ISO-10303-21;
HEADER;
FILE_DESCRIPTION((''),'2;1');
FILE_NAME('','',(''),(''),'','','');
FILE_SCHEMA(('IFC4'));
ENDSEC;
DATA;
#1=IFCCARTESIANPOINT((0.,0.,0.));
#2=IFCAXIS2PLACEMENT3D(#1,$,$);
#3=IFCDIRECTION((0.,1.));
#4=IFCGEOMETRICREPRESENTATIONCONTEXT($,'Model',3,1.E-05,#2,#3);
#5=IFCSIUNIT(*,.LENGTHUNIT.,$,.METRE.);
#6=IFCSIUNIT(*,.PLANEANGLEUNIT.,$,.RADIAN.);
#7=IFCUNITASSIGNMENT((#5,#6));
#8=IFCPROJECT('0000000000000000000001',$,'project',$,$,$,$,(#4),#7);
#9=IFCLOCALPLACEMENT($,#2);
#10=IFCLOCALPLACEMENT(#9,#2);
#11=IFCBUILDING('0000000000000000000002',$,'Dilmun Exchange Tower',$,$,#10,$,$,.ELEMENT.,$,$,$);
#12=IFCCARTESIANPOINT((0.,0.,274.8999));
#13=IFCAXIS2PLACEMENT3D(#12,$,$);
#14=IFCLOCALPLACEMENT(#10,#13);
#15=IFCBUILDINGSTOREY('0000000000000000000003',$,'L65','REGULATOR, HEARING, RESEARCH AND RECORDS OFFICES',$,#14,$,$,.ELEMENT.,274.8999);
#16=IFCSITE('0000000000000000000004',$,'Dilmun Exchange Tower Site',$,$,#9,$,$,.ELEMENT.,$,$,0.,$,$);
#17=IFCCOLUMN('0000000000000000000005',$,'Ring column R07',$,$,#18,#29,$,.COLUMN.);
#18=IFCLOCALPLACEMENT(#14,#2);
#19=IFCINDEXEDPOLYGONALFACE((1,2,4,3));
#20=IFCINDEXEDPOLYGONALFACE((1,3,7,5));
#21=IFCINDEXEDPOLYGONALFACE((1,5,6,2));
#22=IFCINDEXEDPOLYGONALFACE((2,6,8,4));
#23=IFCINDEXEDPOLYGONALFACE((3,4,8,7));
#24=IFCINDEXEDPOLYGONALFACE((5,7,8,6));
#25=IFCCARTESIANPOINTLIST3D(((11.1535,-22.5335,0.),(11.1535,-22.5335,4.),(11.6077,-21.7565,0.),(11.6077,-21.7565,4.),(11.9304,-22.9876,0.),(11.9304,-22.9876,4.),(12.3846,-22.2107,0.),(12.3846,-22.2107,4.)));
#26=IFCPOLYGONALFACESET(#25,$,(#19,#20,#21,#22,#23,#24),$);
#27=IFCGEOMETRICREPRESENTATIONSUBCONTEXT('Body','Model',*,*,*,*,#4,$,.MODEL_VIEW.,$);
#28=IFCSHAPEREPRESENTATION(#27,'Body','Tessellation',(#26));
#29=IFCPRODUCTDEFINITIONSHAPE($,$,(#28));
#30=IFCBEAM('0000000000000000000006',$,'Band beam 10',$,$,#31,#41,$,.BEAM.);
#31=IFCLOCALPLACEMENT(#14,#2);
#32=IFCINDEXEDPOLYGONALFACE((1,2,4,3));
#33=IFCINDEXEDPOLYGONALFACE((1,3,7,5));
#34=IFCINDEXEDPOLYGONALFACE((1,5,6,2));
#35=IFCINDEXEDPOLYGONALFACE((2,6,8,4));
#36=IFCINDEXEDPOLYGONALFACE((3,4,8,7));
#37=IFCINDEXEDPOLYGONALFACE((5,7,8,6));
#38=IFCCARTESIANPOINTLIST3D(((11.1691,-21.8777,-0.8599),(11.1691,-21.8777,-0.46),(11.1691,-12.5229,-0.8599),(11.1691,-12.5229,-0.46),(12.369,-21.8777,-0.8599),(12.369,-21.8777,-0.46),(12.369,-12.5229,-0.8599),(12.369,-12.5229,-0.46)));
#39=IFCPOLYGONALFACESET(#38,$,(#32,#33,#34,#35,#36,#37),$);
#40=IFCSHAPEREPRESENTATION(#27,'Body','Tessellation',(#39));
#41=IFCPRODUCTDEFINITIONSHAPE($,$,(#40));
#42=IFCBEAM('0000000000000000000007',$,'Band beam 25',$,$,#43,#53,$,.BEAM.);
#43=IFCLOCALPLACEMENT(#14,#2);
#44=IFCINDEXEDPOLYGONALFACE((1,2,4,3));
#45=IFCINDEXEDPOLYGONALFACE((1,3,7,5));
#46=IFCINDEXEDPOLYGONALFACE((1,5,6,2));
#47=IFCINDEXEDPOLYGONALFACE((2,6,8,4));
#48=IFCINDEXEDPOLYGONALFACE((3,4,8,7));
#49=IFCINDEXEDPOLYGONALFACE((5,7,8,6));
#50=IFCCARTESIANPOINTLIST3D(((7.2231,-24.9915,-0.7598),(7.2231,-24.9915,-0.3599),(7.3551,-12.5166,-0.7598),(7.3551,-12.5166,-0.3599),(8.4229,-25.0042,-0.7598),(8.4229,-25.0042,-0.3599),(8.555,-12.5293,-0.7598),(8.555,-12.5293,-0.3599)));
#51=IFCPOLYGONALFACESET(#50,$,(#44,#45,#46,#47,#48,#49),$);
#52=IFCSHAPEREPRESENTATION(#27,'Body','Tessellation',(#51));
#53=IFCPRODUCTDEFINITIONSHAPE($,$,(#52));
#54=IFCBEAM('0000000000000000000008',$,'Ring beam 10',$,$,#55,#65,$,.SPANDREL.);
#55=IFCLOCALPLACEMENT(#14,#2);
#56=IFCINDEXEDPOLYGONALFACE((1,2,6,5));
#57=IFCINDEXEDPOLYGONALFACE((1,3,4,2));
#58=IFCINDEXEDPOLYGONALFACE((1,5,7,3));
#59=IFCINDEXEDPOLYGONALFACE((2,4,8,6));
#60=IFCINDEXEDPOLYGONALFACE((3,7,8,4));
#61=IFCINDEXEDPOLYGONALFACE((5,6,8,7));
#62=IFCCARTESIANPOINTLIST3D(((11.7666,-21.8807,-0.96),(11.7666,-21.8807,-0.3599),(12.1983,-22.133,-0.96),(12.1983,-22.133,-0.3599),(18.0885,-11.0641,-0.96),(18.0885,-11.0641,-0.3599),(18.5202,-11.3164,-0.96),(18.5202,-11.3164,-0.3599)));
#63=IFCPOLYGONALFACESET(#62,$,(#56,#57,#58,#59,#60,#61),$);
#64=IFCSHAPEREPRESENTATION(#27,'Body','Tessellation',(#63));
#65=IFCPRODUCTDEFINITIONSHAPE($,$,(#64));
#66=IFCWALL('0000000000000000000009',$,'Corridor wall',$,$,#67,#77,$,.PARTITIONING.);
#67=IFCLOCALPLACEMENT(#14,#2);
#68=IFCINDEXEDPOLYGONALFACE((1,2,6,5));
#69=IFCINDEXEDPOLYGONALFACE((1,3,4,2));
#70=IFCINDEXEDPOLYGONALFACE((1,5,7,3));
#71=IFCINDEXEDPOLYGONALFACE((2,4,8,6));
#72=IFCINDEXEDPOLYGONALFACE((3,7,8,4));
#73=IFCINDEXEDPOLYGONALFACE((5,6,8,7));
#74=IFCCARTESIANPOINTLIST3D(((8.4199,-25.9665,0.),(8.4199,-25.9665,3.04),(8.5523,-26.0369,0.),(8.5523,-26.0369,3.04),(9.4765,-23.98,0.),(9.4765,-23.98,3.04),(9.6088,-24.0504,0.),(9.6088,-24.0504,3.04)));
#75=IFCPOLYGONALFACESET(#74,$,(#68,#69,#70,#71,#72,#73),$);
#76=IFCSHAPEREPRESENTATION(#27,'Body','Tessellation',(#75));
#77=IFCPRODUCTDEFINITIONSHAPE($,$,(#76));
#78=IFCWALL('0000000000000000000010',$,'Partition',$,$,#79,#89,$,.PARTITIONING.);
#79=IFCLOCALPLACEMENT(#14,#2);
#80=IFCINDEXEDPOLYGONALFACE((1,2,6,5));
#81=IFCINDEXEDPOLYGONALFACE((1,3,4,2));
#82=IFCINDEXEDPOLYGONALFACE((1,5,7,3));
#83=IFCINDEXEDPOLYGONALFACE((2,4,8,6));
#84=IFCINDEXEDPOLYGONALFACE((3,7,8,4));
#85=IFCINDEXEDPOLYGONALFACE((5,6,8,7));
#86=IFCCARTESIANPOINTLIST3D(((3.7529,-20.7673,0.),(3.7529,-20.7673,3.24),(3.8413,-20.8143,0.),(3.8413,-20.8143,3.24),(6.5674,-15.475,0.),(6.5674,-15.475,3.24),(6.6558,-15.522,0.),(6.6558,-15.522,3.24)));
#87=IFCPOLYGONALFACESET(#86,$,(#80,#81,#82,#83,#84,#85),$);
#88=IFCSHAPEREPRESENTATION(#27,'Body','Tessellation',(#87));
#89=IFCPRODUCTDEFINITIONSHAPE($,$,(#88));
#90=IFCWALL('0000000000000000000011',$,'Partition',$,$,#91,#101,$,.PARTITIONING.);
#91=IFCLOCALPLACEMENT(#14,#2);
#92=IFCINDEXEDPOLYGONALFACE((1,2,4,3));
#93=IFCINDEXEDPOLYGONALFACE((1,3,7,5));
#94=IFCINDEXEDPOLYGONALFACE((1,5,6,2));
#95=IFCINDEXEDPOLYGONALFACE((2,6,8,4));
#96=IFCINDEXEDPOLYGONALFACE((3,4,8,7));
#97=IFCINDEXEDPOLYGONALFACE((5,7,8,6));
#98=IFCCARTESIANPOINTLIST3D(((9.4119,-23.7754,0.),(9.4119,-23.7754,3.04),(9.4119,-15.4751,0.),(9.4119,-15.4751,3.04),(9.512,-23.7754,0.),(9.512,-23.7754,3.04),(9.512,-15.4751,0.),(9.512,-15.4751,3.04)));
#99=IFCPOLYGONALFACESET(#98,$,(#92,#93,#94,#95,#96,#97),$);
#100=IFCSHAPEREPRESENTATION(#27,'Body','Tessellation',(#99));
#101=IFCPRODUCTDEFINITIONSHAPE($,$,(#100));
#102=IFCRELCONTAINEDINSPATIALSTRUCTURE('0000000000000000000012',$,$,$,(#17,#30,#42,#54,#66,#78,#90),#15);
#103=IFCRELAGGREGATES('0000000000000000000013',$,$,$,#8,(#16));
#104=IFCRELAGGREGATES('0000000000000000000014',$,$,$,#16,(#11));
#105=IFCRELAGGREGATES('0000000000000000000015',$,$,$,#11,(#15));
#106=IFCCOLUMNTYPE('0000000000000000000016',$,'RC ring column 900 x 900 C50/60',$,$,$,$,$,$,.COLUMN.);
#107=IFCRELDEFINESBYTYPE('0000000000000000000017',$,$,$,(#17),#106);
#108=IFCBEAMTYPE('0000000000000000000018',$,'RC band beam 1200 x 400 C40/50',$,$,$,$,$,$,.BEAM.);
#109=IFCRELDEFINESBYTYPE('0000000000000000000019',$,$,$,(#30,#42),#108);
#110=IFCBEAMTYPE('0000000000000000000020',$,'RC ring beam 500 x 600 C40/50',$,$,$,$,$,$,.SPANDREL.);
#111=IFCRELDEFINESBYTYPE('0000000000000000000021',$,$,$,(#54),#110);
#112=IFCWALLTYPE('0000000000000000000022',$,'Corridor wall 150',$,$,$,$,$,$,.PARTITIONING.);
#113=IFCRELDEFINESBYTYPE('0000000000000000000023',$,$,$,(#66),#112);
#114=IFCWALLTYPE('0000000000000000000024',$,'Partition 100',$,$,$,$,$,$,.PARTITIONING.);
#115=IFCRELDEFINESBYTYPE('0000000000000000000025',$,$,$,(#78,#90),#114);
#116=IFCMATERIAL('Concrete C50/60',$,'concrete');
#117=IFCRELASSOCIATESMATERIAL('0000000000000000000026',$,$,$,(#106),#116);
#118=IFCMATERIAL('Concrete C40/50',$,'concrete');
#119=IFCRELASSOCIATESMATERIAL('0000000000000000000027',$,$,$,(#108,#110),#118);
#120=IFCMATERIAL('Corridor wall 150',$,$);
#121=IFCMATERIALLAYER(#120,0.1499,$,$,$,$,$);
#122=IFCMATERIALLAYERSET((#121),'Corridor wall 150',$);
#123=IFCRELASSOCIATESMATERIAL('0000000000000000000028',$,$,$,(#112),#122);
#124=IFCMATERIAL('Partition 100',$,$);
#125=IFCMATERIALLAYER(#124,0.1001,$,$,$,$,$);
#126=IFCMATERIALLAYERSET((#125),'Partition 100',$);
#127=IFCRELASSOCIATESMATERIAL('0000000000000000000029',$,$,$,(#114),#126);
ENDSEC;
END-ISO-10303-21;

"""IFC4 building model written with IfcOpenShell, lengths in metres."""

from ifc_helpers import new_model, si_unit, direction, frame, frame_2d, origin, origin_2d, place, context, subcontext, project, spatial, rectangle, extrude, material, layer, layer_set, material_profile, profile_set, type_object, element, save


model = new_model("IFC4")

# Units and contexts
model_context = context("Model", 3, precision=1e-05, world=origin(), true_north=direction((0.0, 1.0)))
body_context = subcontext(model_context, "Body", "Model", "MODEL_VIEW")
ifc_project = project(units=[si_unit("LENGTHUNIT", "METRE"), si_unit("PLANEANGLEUNIT", "RADIAN")], contexts=[model_context])

# Site, building, storey
site_placement = place(None, origin())
site = spatial("IfcSite", under=ifc_project, at=site_placement, Name="Dilmun Exchange Tower Site", CompositionType="ELEMENT", RefElevation=0.0)
building_placement = place(site_placement, origin())
building = spatial("IfcBuilding", under=site, at=building_placement, Name="Dilmun Exchange Tower", CompositionType="ELEMENT")
storey_placement = place(building_placement, frame((0.0, 0.0, 274.8999)))
storey = spatial("IfcBuildingStorey", under=building, at=storey_placement, Name="L65", Description="REGULATOR, HEARING, RESEARCH AND RECORDS OFFICES", CompositionType="ELEMENT", Elevation=274.8999)

# Column
ifc_material_1 = material(Name="Concrete C50/60", Category="concrete")
ifc_material_profile_1 = material_profile(ifc_material_1, rectangle(XDim=0.8999, YDim=0.8999, at=origin_2d()), Name="900 x 900")
ifc_profile_set_1 = profile_set([ifc_material_profile_1], Name="Concrete C50/60")
column_type = type_object("IfcColumnType", Name="RC ring column 900 x 900 C50/60", PredefinedType="COLUMN", material=ifc_profile_set_1)
column_placement = place(storey_placement, frame((11.769, -22.3721, 0.0), z_axis=(0.0, 0.0, 1.0), x_axis=(0.504644, 0.863328, 0.0)))
element("IfcColumn", 1, at=column_placement, inside=storey, type_object=column_type, Name="Ring column R07", PredefinedType="COLUMN", context=body_context, shape_type="SweptSolid", body=[
    extrude(rectangle(XDim=0.8999, YDim=0.8999, at=origin_2d()), origin(), (0.0, 0.0, 1.0), 4.0),
])

# Beams
ifc_material_2 = material(Name="Concrete C40/50", Category="concrete")
ifc_material_profile_2 = material_profile(ifc_material_2, rectangle(XDim=1.2, YDim=0.3999, at=origin_2d()), Name="1200 x 400")
ifc_profile_set_2 = profile_set([ifc_material_profile_2], Name="Concrete C40/50")
beam_type_1 = type_object("IfcBeamType", Name="RC band beam 1200 x 400 C40/50", PredefinedType="BEAM", material=ifc_profile_set_2)
beam_1_placement = place(storey_placement, frame((11.769, -21.8777, -0.6599), z_axis=(0.0, 1.0, 0.0), x_axis=(-1.0, 0.0, 0.0)))
element("IfcBeam", 2, at=beam_1_placement, inside=storey, type_object=beam_type_1, Name="Band beam 10", PredefinedType="BEAM", context=body_context, shape_type="SweptSolid", body=[
    extrude(rectangle(XDim=1.2, YDim=0.3999, at=origin_2d()), origin(), (0.0, 0.0, 1.0), 9.3547),
])
beam_2_placement = place(storey_placement, frame((7.823, -24.9978, -0.5598), z_axis=(0.010587, 0.999944, 0.0), x_axis=(-0.999944, 0.010587, 0.0)))
element("IfcBeam", 3, at=beam_2_placement, inside=storey, type_object=beam_type_1, Name="Band beam 25", PredefinedType="BEAM", context=body_context, shape_type="SweptSolid", body=[
    extrude(rectangle(XDim=1.2, YDim=0.3999, at=origin_2d()), origin(), (0.0, 0.0, 1.0), 12.4756),
])
ifc_material_profile_3 = material_profile(ifc_material_2, rectangle(XDim=0.5, YDim=0.6001, at=origin_2d()), Name="500 x 600")
ifc_profile_set_3 = profile_set([ifc_material_profile_3], Name="Concrete C40/50")
beam_type_2 = type_object("IfcBeamType", Name="RC ring beam 500 x 600 C40/50", PredefinedType="SPANDREL", material=ifc_profile_set_3)
beam_3_placement = place(storey_placement, frame((11.9824, -22.0068, -0.6599), z_axis=(0.504604, 0.863351, 0.0), x_axis=(-0.863351, 0.504604, 0.0)))
element("IfcBeam", 4, at=beam_3_placement, inside=storey, type_object=beam_type_2, Name="Ring beam 10", PredefinedType="SPANDREL", context=body_context, shape_type="SweptSolid", body=[
    extrude(rectangle(XDim=0.5, YDim=0.6001, at=origin_2d()), origin(), (0.0, 0.0, 1.0), 12.5286),
])

# Walls
ifc_material_3 = material(Name="Corridor wall 150")
ifc_layer_1 = layer(ifc_material_3, 0.1499)
ifc_layer_set_1 = layer_set([ifc_layer_1], Name="Corridor wall 150")
wall_type_1 = type_object("IfcWallType", Name="Corridor wall 150", PredefinedType="PARTITIONING", material=ifc_layer_set_1)
wall_1_placement = place(storey_placement, frame((8.4861, -26.0017, 0.0), z_axis=(0.0, 0.0, 1.0), x_axis=(0.469597, 0.882881, 0.0)))
element("IfcWall", 5, at=wall_1_placement, inside=storey, type_object=wall_type_1, Name="Corridor wall", PredefinedType="PARTITIONING", context=body_context, shape_type="SweptSolid", body=[
    extrude(rectangle(XDim=2.25, YDim=0.1499, at=frame_2d((1.125, 0.0))), origin(), (0.0, 0.0, 1.0), 3.04),
])
ifc_material_4 = material(Name="Partition 100")
ifc_layer_2 = layer(ifc_material_4, 0.1001)
ifc_layer_set_2 = layer_set([ifc_layer_2], Name="Partition 100")
wall_type_2 = type_object("IfcWallType", Name="Partition 100", PredefinedType="PARTITIONING", material=ifc_layer_set_2)
wall_2_placement = place(storey_placement, frame((3.7971, -20.7908, 0.0), z_axis=(0.0, 0.0, 1.0), x_axis=(0.469539, 0.882912, 0.0)))
element("IfcWall", 6, at=wall_2_placement, inside=storey, type_object=wall_type_2, Name="Partition", PredefinedType="PARTITIONING", context=body_context, shape_type="SweptSolid", body=[
    extrude(rectangle(XDim=5.9941, YDim=0.1001, at=frame_2d((2.9971, 0.0))), origin(), (0.0, 0.0, 1.0), 3.24),
])
wall_3_placement = place(storey_placement, frame((9.4619, -23.7754, 0.0), z_axis=(0.0, 0.0, 1.0), x_axis=(0.0, 1.0, 0.0)))
element("IfcWall", 7, at=wall_3_placement, inside=storey, type_object=wall_type_2, Name="Partition", PredefinedType="PARTITIONING", context=body_context, shape_type="SweptSolid", body=[
    extrude(rectangle(XDim=8.3003, YDim=0.1001, at=frame_2d((4.1501, 0.0))), origin(), (0.0, 0.0, 1.0), 3.04),
])

save(model, "model.ifc")
